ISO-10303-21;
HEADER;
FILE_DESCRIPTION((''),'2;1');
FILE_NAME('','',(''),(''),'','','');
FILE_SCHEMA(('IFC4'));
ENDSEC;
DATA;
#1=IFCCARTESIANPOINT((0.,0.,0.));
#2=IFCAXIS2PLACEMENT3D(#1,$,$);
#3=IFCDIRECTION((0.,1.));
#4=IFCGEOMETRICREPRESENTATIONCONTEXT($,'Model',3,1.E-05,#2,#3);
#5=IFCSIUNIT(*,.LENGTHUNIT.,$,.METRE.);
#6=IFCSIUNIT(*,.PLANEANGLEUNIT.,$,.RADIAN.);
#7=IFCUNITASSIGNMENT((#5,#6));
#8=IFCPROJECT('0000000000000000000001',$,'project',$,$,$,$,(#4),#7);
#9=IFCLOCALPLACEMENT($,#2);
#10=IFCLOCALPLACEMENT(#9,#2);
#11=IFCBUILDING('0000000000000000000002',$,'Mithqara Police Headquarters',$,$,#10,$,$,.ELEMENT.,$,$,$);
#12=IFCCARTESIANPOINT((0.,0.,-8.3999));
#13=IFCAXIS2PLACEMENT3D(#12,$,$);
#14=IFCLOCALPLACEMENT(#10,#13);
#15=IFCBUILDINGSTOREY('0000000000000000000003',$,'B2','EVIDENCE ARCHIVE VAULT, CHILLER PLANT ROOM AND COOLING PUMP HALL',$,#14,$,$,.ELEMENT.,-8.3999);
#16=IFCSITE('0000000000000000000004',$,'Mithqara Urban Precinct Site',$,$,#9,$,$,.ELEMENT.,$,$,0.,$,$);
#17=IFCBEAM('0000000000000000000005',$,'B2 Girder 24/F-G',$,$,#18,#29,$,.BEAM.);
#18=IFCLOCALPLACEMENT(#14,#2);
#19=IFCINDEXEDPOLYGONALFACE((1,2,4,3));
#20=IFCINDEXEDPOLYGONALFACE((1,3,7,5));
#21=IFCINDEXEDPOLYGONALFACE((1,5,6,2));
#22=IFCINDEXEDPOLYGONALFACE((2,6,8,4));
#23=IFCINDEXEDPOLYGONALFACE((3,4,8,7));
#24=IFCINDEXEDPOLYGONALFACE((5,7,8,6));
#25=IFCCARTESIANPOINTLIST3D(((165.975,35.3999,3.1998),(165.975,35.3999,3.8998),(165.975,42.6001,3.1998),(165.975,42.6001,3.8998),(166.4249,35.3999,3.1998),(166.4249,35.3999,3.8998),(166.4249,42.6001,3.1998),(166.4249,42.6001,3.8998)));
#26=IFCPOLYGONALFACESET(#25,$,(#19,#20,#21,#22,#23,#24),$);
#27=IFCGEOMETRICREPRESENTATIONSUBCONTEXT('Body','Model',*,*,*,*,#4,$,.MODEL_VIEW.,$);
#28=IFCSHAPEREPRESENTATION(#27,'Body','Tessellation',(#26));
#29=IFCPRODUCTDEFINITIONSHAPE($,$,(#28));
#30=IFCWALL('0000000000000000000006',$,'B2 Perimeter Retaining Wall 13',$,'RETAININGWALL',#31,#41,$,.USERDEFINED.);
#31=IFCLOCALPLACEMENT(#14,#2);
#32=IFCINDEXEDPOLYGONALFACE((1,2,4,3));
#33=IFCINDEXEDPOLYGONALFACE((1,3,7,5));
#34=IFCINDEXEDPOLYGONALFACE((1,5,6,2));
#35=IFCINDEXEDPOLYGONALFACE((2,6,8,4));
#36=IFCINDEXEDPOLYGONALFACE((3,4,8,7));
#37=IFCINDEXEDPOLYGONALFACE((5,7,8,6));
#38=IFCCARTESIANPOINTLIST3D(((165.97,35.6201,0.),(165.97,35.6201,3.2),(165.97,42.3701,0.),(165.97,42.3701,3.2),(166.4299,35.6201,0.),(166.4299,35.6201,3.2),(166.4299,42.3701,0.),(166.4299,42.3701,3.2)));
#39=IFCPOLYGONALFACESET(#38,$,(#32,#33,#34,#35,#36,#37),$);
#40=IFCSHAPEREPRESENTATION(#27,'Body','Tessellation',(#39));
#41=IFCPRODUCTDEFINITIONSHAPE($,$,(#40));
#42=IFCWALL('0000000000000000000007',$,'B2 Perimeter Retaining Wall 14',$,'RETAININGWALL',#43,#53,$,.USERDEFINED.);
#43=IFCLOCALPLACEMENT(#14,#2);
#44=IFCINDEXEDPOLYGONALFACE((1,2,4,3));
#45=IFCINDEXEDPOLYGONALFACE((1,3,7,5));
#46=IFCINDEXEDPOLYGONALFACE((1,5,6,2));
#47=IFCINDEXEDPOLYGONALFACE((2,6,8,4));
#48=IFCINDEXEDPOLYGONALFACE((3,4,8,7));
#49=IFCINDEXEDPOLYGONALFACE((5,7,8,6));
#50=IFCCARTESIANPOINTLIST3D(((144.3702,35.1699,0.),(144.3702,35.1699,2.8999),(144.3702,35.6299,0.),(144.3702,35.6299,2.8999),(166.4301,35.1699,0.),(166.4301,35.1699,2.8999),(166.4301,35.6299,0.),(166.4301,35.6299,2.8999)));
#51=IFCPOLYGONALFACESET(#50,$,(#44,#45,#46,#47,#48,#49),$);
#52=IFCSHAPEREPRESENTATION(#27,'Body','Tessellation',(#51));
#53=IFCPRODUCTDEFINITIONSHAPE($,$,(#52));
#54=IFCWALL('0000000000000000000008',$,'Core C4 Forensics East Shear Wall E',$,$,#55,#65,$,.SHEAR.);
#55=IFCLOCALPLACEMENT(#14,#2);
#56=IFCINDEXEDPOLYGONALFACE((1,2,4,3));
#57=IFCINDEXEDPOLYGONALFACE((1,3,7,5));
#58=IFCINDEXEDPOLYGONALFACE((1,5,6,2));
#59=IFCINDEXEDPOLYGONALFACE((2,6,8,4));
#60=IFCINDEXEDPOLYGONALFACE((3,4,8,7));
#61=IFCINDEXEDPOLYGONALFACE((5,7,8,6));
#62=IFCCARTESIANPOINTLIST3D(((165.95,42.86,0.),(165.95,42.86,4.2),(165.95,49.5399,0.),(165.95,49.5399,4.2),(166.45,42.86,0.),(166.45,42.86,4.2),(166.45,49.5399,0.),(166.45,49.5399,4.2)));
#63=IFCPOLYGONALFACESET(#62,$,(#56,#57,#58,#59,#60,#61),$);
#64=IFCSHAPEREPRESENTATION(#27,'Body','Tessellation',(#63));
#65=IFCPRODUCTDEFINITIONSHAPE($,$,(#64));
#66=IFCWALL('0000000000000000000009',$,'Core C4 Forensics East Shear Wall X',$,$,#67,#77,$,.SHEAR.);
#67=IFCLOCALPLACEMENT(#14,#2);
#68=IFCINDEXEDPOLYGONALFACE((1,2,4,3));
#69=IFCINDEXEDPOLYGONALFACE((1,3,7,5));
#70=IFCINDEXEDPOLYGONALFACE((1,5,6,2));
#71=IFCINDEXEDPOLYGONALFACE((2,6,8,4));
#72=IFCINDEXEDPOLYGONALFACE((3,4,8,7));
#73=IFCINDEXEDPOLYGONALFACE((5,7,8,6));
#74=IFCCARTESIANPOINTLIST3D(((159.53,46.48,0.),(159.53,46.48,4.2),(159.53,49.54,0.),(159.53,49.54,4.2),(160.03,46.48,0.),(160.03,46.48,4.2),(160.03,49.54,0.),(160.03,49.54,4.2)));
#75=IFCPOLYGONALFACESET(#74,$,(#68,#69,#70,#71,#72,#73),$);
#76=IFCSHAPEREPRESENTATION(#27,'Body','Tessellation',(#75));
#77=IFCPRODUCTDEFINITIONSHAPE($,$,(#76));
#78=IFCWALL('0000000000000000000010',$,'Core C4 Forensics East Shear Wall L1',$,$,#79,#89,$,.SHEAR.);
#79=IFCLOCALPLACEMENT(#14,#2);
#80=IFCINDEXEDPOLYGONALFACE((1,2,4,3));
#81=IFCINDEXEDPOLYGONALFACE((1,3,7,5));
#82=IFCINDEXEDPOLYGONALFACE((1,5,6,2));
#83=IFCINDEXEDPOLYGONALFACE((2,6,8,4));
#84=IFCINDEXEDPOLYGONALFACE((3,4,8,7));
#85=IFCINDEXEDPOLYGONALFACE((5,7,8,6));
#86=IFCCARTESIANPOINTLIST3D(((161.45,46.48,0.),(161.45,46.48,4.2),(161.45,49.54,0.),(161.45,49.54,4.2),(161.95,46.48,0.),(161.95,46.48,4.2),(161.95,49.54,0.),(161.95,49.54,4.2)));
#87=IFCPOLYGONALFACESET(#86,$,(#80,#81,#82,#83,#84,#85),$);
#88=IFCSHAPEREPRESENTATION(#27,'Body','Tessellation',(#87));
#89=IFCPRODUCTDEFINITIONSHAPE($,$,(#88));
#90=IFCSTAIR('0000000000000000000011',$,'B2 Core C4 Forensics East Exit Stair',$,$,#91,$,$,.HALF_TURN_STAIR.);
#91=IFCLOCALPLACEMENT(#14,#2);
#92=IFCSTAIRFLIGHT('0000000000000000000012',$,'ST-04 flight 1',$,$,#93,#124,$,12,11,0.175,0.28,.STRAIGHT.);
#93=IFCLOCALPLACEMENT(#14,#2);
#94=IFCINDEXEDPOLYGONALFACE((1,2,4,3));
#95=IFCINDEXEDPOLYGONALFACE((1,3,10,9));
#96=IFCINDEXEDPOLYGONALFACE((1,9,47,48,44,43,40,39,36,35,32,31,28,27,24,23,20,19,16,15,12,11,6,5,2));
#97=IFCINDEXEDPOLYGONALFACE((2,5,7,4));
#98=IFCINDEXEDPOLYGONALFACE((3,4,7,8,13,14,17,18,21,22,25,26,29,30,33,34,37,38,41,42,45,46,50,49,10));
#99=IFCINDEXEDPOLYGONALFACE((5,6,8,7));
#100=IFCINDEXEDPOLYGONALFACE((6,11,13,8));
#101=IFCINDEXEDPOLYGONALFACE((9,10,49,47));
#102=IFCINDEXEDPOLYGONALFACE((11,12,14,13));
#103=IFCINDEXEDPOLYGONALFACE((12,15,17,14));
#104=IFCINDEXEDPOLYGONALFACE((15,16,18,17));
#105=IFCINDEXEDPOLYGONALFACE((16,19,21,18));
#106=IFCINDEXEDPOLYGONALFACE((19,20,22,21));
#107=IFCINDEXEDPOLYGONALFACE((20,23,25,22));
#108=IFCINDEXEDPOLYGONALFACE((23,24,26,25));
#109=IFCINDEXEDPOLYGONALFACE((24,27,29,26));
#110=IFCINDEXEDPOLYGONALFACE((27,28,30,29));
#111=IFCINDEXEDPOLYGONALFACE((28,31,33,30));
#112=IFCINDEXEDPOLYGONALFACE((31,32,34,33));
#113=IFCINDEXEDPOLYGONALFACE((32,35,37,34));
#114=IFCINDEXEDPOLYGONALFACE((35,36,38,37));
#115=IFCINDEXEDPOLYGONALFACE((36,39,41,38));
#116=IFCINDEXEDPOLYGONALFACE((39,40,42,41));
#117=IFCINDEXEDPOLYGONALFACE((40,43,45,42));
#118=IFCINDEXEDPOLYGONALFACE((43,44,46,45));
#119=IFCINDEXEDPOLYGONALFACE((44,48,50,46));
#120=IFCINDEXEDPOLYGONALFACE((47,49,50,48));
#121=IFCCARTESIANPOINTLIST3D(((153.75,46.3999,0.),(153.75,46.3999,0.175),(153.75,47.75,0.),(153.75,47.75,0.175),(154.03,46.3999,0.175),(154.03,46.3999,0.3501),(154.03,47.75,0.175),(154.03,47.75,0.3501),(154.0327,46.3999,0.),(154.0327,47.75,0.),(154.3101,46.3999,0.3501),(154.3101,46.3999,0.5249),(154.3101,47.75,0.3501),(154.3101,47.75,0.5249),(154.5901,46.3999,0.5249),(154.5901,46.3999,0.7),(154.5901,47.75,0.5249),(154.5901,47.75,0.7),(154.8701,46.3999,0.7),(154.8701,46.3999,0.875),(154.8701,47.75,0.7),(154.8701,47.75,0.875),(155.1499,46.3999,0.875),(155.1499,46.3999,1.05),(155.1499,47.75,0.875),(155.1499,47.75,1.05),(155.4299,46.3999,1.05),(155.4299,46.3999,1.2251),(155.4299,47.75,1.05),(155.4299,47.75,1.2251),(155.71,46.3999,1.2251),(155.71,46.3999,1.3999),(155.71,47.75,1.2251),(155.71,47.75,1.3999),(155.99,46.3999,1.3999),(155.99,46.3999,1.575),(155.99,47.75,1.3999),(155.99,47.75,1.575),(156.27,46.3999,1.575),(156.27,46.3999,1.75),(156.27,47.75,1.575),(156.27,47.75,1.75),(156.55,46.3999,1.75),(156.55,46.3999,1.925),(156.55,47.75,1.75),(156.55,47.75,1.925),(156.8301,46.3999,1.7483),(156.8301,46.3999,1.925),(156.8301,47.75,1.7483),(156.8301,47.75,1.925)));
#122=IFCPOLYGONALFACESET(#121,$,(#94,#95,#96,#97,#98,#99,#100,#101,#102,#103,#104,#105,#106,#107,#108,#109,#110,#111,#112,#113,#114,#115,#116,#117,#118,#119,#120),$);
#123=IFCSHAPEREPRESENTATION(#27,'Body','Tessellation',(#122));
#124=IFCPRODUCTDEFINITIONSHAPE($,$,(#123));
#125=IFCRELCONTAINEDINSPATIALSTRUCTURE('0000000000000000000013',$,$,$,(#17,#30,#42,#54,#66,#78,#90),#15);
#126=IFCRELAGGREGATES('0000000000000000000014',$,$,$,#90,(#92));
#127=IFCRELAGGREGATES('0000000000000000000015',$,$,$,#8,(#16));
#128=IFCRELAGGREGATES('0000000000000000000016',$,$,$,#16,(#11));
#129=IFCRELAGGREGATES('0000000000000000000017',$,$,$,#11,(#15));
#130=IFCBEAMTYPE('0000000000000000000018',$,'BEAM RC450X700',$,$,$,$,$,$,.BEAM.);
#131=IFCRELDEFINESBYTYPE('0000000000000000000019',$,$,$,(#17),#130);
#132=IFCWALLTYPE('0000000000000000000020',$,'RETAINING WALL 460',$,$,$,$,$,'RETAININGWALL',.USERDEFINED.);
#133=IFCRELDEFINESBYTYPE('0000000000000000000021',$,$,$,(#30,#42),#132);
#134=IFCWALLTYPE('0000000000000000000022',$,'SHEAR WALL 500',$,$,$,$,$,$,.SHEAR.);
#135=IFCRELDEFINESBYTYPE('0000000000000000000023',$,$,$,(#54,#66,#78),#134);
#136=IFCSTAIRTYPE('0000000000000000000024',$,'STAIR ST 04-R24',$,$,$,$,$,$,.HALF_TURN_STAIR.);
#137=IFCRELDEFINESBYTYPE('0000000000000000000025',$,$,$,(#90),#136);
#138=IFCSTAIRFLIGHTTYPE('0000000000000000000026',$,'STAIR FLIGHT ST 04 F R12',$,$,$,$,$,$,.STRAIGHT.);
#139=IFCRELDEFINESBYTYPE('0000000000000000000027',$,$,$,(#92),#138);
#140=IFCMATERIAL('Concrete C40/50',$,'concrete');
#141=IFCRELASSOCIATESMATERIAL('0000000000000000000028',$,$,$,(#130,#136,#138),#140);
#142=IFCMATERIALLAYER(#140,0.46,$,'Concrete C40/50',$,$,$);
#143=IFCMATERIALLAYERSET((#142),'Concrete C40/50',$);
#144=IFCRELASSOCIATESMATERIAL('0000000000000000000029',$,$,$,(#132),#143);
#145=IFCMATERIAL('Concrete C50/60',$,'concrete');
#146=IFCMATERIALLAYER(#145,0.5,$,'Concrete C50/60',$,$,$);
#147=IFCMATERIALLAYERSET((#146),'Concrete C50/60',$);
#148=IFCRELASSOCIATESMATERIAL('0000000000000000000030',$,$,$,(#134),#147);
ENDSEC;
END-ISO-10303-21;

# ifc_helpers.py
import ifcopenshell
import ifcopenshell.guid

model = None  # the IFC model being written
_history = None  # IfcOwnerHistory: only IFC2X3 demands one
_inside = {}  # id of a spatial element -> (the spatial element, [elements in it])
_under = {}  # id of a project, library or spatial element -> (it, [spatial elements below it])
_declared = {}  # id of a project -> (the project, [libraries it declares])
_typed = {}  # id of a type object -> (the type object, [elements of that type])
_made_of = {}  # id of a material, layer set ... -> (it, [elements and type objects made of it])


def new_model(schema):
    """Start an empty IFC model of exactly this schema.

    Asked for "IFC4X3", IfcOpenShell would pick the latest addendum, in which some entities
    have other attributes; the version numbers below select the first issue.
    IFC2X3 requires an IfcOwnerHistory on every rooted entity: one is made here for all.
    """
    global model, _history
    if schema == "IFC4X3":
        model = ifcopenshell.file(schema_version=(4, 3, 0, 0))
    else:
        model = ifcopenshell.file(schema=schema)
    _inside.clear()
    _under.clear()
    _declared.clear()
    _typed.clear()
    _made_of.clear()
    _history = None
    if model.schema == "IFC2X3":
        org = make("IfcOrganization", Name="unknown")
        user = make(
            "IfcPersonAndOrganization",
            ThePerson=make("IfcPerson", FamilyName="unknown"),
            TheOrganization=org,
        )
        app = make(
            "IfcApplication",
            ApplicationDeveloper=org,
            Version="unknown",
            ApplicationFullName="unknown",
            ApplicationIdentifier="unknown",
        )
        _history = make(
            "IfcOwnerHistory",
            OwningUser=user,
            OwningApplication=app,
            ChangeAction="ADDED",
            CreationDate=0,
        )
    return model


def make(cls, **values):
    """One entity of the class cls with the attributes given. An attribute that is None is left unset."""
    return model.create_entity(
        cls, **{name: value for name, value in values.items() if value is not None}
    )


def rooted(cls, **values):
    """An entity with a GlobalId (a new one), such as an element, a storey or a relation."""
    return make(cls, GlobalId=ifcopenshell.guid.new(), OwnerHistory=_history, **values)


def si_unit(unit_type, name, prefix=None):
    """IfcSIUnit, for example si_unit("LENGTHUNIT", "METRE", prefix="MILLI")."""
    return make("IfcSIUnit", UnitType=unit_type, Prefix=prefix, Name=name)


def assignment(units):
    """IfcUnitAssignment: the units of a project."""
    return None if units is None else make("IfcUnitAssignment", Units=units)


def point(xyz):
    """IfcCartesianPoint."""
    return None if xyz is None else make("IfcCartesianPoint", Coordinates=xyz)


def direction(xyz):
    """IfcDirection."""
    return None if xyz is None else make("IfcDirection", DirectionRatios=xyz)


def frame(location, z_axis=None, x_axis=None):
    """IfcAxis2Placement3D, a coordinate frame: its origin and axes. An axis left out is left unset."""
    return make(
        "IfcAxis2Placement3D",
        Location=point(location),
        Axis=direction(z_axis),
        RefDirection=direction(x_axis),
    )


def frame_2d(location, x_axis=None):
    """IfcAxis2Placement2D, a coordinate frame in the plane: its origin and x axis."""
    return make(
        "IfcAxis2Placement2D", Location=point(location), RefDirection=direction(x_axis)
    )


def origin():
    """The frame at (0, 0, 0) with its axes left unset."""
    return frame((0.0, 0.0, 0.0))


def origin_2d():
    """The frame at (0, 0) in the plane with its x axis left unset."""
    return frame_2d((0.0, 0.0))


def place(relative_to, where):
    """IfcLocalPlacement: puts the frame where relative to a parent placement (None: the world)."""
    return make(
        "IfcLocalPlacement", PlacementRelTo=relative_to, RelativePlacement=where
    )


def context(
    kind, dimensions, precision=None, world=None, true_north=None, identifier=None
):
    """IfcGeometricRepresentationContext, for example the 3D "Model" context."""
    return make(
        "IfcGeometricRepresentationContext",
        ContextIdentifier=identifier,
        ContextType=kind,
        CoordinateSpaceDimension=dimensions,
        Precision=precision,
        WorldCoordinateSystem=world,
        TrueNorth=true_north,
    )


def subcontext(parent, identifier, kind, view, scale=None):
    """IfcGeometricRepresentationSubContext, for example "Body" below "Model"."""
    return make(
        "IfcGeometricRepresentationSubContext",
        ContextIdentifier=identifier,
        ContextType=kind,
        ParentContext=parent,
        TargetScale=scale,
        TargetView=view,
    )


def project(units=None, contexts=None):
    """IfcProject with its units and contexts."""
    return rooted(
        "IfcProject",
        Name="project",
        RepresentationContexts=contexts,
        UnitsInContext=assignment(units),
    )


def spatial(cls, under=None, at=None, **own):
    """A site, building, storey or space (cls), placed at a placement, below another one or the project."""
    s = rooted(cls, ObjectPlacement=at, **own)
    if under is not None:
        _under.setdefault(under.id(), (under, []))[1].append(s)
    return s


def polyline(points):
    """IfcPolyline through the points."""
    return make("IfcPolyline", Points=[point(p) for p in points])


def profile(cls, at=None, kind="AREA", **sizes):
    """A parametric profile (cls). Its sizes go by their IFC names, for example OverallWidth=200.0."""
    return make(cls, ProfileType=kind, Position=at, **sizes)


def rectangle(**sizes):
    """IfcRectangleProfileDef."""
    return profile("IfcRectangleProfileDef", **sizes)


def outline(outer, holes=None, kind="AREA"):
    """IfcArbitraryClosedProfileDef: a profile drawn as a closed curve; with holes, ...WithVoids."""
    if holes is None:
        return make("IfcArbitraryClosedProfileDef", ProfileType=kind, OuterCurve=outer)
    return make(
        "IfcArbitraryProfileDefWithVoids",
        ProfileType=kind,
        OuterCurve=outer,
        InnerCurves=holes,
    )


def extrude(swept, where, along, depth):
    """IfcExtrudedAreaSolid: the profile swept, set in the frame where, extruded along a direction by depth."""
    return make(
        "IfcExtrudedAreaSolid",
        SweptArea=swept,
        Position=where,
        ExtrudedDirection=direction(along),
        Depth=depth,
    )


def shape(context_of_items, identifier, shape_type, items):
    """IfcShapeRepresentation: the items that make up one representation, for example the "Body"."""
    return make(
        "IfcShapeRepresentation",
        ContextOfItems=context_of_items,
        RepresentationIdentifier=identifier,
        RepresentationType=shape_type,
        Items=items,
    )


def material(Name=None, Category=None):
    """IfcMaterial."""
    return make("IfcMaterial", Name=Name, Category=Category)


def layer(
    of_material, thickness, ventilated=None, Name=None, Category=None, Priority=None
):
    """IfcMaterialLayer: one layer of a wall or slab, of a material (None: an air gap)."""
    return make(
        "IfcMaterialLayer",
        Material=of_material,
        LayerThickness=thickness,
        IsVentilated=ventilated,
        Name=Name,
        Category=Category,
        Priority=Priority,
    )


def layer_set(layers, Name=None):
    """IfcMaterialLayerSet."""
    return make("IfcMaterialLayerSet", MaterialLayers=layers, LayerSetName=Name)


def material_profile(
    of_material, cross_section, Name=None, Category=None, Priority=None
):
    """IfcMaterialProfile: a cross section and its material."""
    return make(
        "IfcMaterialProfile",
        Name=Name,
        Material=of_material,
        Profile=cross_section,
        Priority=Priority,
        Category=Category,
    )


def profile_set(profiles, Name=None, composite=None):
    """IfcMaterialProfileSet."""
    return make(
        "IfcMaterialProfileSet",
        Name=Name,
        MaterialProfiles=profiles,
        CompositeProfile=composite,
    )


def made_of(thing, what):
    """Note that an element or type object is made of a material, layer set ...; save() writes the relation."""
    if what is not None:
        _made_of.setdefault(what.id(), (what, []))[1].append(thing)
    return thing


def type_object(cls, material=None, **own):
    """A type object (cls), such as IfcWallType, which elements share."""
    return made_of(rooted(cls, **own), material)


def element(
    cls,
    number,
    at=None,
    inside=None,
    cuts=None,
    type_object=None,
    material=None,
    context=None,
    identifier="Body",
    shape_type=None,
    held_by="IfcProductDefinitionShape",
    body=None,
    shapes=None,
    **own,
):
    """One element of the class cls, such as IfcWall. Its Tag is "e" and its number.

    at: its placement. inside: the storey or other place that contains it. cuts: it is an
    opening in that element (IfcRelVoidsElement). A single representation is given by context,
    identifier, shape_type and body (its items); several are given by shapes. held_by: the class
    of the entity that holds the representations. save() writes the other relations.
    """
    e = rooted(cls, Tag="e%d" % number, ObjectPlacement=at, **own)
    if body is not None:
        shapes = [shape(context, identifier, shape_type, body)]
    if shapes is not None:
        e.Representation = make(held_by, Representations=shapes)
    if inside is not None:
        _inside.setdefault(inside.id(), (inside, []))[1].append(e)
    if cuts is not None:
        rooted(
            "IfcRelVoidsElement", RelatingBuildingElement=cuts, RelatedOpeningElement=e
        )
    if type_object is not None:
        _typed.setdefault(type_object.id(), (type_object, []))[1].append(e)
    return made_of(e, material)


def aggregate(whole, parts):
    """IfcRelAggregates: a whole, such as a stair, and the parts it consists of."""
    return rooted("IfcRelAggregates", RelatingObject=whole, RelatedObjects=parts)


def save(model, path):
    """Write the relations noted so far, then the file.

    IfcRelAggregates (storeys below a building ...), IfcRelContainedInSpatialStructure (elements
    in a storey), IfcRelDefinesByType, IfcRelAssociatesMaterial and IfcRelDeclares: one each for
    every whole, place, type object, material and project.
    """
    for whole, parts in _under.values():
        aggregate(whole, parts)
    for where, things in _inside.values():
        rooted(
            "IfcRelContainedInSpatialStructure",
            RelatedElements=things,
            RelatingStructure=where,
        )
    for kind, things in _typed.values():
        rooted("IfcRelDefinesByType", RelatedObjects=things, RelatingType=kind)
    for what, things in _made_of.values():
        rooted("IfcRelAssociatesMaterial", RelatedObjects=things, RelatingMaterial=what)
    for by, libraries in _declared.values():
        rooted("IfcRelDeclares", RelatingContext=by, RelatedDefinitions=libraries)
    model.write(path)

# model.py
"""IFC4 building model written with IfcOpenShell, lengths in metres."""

from ifc_helpers import new_model, si_unit, direction, frame, frame_2d, origin, origin_2d, place, context, subcontext, project, spatial, polyline, rectangle, outline, extrude, material, layer, layer_set, material_profile, profile_set, type_object, element, aggregate, save


model = new_model("IFC4")

# Units and contexts
model_context = context("Model", 3, precision=1e-05, world=origin(), true_north=direction((0.0, 1.0)))
body_context = subcontext(model_context, "Body", "Model", "MODEL_VIEW")
ifc_project = project(units=[si_unit("LENGTHUNIT", "METRE"), si_unit("PLANEANGLEUNIT", "RADIAN")], contexts=[model_context])

# Site, building, storey
site_placement = place(None, origin())
site = spatial("IfcSite", under=ifc_project, at=site_placement, Name="Mithqara Urban Precinct Site", CompositionType="ELEMENT", RefElevation=0.0)
building_placement = place(site_placement, origin())
building = spatial("IfcBuilding", under=site, at=building_placement, Name="Mithqara Police Headquarters", CompositionType="ELEMENT")
storey_placement = place(building_placement, frame((0.0, 0.0, -8.3999)))
storey = spatial("IfcBuildingStorey", under=building, at=storey_placement, Name="B2", Description="EVIDENCE ARCHIVE VAULT, CHILLER PLANT ROOM AND COOLING PUMP HALL", CompositionType="ELEMENT", Elevation=-8.3999)

# Shared definitions
ifc_material_1 = material(Name="Concrete C40/50", Category="concrete")

# Shared definitions
ifc_material_2 = material(Name="Concrete C50/60", Category="concrete")

# Beam
ifc_material_profile_1 = material_profile(ifc_material_1, rectangle(XDim=0.45, YDim=0.7, at=origin_2d()), Name="RC 450x700")
ifc_profile_set_1 = profile_set([ifc_material_profile_1], Name="Concrete C40/50")
beam_type_1 = type_object("IfcBeamType", Name="BEAM RC450X700", PredefinedType="BEAM", material=ifc_profile_set_1)
beam_1_placement = place(storey_placement, frame((166.2, 35.3999, 3.5498), z_axis=(0.0, 1.0, 0.0), x_axis=(-1.0, 0.0, 0.0)))
element("IfcBeam", 1, at=beam_1_placement, inside=storey, type_object=beam_type_1, Name="B2 Girder 24/F-G", PredefinedType="BEAM", context=body_context, shape_type="SweptSolid", body=[
    extrude(rectangle(XDim=0.45, YDim=0.7, at=origin_2d()), origin(), (0.0, 0.0, 1.0), 7.2002),
])

# Walls
ifc_layer_1 = layer(ifc_material_1, 0.46, Name="Concrete C40/50")
ifc_layer_set_1 = layer_set([ifc_layer_1], Name="Concrete C40/50")
wall_type_1 = type_object("IfcWallType", Name="RETAINING WALL 460", ElementType="RETAININGWALL", PredefinedType="USERDEFINED", material=ifc_layer_set_1)
wall_1_placement = place(storey_placement, frame((166.2, 42.3701, 0.0), z_axis=(0.0, 0.0, 1.0), x_axis=(0.0, -1.0, 0.0)))
element("IfcWall", 2, at=wall_1_placement, inside=storey, type_object=wall_type_1, Name="B2 Perimeter Retaining Wall 13", ObjectType="RETAININGWALL", PredefinedType="USERDEFINED", context=body_context, shape_type="SweptSolid", body=[
    extrude(rectangle(XDim=6.75, YDim=0.46, at=frame_2d((3.375, 0.0))), origin(), (0.0, 0.0, 1.0), 3.2),
])
wall_2_placement = place(storey_placement, frame((166.4299, 35.3999, 0.0), z_axis=(0.0, 0.0, 1.0), x_axis=(-1.0, 0.0, 0.0)))
element("IfcWall", 3, at=wall_2_placement, inside=storey, type_object=wall_type_1, Name="B2 Perimeter Retaining Wall 14", ObjectType="RETAININGWALL", PredefinedType="USERDEFINED", context=body_context, shape_type="SweptSolid", body=[
    extrude(rectangle(XDim=22.0598, YDim=0.46, at=frame_2d((11.0298, 0.0))), origin(), (0.0, 0.0, 1.0), 2.8999),
])
ifc_layer_2 = layer(ifc_material_2, 0.5, Name="Concrete C50/60")
ifc_layer_set_2 = layer_set([ifc_layer_2], Name="Concrete C50/60")
wall_type_2 = type_object("IfcWallType", Name="SHEAR WALL 500", PredefinedType="SHEAR", material=ifc_layer_set_2)
wall_3_placement = place(storey_placement, frame((166.2, 42.8601, 0.0), z_axis=(0.0, 0.0, 1.0), x_axis=(0.0, 1.0, 0.0)))
element("IfcWall", 4, at=wall_3_placement, inside=storey, type_object=wall_type_2, Name="Core C4 Forensics East Shear Wall E", PredefinedType="SHEAR", context=body_context, shape_type="SweptSolid", body=[
    extrude(rectangle(XDim=6.6799, YDim=0.5, at=frame_2d((3.3398, 0.0))), origin(), (0.0, 0.0, 1.0), 4.2),
])
for number, where, z_axis, x_axis, name in (
    (5, (159.78, 46.48, 0.0), (0.0, 0.0, 1.0), (0.0, 1.0, 0.0), "Core C4 Forensics East Shear Wall X"),
    (6, (161.7, 46.48, 0.0), (0.0, 0.0, 1.0), (0.0, 1.0, 0.0), "Core C4 Forensics East Shear Wall L1"),
):
    element("IfcWall", number, at=place(storey_placement, frame(where, z_axis=z_axis, x_axis=x_axis)), inside=storey, type_object=wall_type_2, Name=name, PredefinedType="SHEAR", context=body_context, shape_type="SweptSolid", body=[
        extrude(rectangle(XDim=3.0601, YDim=0.5, at=frame_2d((1.53, 0.0))), origin(), (0.0, 0.0, 1.0), 4.2),
    ])

# Stair, stair flight
stair_type = type_object("IfcStairType", Name="STAIR ST 04-R24", PredefinedType="HALF_TURN_STAIR", material=ifc_material_1)
stair_placement = place(storey_placement, origin())
stair = element("IfcStair", 7, at=stair_placement, inside=storey, type_object=stair_type, Name="B2 Core C4 Forensics East Exit Stair", PredefinedType="HALF_TURN_STAIR")
stair_flight_type = type_object("IfcStairFlightType", Name="STAIR FLIGHT ST 04 F R12", PredefinedType="STRAIGHT", material=ifc_material_1)
stair_flight_placement = place(storey_placement, frame((153.75, 47.075, 0.0), z_axis=(0.0, 0.0, 1.0), x_axis=(1.0, 0.0, 0.0)))
stair_flight = element("IfcStairFlight", 8, at=stair_flight_placement, type_object=stair_flight_type, Name="ST-04 flight 1", NumberOfRisers=12, NumberOfTreads=11, PredefinedType="STRAIGHT", RiserHeight=0.175, TreadLength=0.28, context=body_context, shape_type="SweptSolid", body=[
    extrude(outline(polyline([(0.0, 0.0), (0.0, 0.175), (0.28, 0.175), (0.28, 0.3501), (0.5601, 0.3501), (0.5601, 0.5249), (0.8401, 0.5249), (0.8401, 0.7), (1.1201, 0.7), (1.1201, 0.875), (1.3999, 0.875), (1.3999, 1.05), (1.6799, 1.05), (1.6799, 1.2251), (1.96, 1.2251), (1.96, 1.3999), (2.24, 1.3999), (2.24, 1.575), (2.52, 1.575), (2.52, 1.75), (2.8, 1.75), (2.8, 1.925), (3.0801, 1.925), (3.0801, 2.1001), (3.0801, 1.7483), (0.2827, 0.0), (0.0, 0.0)])), frame((0.0, 0.675, 0.0), z_axis=(0.0, -1.0, 0.0), x_axis=(1.0, 0.0, 0.0)), (0.0, 0.0, 1.0), 1.3501),
])
aggregate(stair, [stair_flight])

save(model, "model.ifc")
